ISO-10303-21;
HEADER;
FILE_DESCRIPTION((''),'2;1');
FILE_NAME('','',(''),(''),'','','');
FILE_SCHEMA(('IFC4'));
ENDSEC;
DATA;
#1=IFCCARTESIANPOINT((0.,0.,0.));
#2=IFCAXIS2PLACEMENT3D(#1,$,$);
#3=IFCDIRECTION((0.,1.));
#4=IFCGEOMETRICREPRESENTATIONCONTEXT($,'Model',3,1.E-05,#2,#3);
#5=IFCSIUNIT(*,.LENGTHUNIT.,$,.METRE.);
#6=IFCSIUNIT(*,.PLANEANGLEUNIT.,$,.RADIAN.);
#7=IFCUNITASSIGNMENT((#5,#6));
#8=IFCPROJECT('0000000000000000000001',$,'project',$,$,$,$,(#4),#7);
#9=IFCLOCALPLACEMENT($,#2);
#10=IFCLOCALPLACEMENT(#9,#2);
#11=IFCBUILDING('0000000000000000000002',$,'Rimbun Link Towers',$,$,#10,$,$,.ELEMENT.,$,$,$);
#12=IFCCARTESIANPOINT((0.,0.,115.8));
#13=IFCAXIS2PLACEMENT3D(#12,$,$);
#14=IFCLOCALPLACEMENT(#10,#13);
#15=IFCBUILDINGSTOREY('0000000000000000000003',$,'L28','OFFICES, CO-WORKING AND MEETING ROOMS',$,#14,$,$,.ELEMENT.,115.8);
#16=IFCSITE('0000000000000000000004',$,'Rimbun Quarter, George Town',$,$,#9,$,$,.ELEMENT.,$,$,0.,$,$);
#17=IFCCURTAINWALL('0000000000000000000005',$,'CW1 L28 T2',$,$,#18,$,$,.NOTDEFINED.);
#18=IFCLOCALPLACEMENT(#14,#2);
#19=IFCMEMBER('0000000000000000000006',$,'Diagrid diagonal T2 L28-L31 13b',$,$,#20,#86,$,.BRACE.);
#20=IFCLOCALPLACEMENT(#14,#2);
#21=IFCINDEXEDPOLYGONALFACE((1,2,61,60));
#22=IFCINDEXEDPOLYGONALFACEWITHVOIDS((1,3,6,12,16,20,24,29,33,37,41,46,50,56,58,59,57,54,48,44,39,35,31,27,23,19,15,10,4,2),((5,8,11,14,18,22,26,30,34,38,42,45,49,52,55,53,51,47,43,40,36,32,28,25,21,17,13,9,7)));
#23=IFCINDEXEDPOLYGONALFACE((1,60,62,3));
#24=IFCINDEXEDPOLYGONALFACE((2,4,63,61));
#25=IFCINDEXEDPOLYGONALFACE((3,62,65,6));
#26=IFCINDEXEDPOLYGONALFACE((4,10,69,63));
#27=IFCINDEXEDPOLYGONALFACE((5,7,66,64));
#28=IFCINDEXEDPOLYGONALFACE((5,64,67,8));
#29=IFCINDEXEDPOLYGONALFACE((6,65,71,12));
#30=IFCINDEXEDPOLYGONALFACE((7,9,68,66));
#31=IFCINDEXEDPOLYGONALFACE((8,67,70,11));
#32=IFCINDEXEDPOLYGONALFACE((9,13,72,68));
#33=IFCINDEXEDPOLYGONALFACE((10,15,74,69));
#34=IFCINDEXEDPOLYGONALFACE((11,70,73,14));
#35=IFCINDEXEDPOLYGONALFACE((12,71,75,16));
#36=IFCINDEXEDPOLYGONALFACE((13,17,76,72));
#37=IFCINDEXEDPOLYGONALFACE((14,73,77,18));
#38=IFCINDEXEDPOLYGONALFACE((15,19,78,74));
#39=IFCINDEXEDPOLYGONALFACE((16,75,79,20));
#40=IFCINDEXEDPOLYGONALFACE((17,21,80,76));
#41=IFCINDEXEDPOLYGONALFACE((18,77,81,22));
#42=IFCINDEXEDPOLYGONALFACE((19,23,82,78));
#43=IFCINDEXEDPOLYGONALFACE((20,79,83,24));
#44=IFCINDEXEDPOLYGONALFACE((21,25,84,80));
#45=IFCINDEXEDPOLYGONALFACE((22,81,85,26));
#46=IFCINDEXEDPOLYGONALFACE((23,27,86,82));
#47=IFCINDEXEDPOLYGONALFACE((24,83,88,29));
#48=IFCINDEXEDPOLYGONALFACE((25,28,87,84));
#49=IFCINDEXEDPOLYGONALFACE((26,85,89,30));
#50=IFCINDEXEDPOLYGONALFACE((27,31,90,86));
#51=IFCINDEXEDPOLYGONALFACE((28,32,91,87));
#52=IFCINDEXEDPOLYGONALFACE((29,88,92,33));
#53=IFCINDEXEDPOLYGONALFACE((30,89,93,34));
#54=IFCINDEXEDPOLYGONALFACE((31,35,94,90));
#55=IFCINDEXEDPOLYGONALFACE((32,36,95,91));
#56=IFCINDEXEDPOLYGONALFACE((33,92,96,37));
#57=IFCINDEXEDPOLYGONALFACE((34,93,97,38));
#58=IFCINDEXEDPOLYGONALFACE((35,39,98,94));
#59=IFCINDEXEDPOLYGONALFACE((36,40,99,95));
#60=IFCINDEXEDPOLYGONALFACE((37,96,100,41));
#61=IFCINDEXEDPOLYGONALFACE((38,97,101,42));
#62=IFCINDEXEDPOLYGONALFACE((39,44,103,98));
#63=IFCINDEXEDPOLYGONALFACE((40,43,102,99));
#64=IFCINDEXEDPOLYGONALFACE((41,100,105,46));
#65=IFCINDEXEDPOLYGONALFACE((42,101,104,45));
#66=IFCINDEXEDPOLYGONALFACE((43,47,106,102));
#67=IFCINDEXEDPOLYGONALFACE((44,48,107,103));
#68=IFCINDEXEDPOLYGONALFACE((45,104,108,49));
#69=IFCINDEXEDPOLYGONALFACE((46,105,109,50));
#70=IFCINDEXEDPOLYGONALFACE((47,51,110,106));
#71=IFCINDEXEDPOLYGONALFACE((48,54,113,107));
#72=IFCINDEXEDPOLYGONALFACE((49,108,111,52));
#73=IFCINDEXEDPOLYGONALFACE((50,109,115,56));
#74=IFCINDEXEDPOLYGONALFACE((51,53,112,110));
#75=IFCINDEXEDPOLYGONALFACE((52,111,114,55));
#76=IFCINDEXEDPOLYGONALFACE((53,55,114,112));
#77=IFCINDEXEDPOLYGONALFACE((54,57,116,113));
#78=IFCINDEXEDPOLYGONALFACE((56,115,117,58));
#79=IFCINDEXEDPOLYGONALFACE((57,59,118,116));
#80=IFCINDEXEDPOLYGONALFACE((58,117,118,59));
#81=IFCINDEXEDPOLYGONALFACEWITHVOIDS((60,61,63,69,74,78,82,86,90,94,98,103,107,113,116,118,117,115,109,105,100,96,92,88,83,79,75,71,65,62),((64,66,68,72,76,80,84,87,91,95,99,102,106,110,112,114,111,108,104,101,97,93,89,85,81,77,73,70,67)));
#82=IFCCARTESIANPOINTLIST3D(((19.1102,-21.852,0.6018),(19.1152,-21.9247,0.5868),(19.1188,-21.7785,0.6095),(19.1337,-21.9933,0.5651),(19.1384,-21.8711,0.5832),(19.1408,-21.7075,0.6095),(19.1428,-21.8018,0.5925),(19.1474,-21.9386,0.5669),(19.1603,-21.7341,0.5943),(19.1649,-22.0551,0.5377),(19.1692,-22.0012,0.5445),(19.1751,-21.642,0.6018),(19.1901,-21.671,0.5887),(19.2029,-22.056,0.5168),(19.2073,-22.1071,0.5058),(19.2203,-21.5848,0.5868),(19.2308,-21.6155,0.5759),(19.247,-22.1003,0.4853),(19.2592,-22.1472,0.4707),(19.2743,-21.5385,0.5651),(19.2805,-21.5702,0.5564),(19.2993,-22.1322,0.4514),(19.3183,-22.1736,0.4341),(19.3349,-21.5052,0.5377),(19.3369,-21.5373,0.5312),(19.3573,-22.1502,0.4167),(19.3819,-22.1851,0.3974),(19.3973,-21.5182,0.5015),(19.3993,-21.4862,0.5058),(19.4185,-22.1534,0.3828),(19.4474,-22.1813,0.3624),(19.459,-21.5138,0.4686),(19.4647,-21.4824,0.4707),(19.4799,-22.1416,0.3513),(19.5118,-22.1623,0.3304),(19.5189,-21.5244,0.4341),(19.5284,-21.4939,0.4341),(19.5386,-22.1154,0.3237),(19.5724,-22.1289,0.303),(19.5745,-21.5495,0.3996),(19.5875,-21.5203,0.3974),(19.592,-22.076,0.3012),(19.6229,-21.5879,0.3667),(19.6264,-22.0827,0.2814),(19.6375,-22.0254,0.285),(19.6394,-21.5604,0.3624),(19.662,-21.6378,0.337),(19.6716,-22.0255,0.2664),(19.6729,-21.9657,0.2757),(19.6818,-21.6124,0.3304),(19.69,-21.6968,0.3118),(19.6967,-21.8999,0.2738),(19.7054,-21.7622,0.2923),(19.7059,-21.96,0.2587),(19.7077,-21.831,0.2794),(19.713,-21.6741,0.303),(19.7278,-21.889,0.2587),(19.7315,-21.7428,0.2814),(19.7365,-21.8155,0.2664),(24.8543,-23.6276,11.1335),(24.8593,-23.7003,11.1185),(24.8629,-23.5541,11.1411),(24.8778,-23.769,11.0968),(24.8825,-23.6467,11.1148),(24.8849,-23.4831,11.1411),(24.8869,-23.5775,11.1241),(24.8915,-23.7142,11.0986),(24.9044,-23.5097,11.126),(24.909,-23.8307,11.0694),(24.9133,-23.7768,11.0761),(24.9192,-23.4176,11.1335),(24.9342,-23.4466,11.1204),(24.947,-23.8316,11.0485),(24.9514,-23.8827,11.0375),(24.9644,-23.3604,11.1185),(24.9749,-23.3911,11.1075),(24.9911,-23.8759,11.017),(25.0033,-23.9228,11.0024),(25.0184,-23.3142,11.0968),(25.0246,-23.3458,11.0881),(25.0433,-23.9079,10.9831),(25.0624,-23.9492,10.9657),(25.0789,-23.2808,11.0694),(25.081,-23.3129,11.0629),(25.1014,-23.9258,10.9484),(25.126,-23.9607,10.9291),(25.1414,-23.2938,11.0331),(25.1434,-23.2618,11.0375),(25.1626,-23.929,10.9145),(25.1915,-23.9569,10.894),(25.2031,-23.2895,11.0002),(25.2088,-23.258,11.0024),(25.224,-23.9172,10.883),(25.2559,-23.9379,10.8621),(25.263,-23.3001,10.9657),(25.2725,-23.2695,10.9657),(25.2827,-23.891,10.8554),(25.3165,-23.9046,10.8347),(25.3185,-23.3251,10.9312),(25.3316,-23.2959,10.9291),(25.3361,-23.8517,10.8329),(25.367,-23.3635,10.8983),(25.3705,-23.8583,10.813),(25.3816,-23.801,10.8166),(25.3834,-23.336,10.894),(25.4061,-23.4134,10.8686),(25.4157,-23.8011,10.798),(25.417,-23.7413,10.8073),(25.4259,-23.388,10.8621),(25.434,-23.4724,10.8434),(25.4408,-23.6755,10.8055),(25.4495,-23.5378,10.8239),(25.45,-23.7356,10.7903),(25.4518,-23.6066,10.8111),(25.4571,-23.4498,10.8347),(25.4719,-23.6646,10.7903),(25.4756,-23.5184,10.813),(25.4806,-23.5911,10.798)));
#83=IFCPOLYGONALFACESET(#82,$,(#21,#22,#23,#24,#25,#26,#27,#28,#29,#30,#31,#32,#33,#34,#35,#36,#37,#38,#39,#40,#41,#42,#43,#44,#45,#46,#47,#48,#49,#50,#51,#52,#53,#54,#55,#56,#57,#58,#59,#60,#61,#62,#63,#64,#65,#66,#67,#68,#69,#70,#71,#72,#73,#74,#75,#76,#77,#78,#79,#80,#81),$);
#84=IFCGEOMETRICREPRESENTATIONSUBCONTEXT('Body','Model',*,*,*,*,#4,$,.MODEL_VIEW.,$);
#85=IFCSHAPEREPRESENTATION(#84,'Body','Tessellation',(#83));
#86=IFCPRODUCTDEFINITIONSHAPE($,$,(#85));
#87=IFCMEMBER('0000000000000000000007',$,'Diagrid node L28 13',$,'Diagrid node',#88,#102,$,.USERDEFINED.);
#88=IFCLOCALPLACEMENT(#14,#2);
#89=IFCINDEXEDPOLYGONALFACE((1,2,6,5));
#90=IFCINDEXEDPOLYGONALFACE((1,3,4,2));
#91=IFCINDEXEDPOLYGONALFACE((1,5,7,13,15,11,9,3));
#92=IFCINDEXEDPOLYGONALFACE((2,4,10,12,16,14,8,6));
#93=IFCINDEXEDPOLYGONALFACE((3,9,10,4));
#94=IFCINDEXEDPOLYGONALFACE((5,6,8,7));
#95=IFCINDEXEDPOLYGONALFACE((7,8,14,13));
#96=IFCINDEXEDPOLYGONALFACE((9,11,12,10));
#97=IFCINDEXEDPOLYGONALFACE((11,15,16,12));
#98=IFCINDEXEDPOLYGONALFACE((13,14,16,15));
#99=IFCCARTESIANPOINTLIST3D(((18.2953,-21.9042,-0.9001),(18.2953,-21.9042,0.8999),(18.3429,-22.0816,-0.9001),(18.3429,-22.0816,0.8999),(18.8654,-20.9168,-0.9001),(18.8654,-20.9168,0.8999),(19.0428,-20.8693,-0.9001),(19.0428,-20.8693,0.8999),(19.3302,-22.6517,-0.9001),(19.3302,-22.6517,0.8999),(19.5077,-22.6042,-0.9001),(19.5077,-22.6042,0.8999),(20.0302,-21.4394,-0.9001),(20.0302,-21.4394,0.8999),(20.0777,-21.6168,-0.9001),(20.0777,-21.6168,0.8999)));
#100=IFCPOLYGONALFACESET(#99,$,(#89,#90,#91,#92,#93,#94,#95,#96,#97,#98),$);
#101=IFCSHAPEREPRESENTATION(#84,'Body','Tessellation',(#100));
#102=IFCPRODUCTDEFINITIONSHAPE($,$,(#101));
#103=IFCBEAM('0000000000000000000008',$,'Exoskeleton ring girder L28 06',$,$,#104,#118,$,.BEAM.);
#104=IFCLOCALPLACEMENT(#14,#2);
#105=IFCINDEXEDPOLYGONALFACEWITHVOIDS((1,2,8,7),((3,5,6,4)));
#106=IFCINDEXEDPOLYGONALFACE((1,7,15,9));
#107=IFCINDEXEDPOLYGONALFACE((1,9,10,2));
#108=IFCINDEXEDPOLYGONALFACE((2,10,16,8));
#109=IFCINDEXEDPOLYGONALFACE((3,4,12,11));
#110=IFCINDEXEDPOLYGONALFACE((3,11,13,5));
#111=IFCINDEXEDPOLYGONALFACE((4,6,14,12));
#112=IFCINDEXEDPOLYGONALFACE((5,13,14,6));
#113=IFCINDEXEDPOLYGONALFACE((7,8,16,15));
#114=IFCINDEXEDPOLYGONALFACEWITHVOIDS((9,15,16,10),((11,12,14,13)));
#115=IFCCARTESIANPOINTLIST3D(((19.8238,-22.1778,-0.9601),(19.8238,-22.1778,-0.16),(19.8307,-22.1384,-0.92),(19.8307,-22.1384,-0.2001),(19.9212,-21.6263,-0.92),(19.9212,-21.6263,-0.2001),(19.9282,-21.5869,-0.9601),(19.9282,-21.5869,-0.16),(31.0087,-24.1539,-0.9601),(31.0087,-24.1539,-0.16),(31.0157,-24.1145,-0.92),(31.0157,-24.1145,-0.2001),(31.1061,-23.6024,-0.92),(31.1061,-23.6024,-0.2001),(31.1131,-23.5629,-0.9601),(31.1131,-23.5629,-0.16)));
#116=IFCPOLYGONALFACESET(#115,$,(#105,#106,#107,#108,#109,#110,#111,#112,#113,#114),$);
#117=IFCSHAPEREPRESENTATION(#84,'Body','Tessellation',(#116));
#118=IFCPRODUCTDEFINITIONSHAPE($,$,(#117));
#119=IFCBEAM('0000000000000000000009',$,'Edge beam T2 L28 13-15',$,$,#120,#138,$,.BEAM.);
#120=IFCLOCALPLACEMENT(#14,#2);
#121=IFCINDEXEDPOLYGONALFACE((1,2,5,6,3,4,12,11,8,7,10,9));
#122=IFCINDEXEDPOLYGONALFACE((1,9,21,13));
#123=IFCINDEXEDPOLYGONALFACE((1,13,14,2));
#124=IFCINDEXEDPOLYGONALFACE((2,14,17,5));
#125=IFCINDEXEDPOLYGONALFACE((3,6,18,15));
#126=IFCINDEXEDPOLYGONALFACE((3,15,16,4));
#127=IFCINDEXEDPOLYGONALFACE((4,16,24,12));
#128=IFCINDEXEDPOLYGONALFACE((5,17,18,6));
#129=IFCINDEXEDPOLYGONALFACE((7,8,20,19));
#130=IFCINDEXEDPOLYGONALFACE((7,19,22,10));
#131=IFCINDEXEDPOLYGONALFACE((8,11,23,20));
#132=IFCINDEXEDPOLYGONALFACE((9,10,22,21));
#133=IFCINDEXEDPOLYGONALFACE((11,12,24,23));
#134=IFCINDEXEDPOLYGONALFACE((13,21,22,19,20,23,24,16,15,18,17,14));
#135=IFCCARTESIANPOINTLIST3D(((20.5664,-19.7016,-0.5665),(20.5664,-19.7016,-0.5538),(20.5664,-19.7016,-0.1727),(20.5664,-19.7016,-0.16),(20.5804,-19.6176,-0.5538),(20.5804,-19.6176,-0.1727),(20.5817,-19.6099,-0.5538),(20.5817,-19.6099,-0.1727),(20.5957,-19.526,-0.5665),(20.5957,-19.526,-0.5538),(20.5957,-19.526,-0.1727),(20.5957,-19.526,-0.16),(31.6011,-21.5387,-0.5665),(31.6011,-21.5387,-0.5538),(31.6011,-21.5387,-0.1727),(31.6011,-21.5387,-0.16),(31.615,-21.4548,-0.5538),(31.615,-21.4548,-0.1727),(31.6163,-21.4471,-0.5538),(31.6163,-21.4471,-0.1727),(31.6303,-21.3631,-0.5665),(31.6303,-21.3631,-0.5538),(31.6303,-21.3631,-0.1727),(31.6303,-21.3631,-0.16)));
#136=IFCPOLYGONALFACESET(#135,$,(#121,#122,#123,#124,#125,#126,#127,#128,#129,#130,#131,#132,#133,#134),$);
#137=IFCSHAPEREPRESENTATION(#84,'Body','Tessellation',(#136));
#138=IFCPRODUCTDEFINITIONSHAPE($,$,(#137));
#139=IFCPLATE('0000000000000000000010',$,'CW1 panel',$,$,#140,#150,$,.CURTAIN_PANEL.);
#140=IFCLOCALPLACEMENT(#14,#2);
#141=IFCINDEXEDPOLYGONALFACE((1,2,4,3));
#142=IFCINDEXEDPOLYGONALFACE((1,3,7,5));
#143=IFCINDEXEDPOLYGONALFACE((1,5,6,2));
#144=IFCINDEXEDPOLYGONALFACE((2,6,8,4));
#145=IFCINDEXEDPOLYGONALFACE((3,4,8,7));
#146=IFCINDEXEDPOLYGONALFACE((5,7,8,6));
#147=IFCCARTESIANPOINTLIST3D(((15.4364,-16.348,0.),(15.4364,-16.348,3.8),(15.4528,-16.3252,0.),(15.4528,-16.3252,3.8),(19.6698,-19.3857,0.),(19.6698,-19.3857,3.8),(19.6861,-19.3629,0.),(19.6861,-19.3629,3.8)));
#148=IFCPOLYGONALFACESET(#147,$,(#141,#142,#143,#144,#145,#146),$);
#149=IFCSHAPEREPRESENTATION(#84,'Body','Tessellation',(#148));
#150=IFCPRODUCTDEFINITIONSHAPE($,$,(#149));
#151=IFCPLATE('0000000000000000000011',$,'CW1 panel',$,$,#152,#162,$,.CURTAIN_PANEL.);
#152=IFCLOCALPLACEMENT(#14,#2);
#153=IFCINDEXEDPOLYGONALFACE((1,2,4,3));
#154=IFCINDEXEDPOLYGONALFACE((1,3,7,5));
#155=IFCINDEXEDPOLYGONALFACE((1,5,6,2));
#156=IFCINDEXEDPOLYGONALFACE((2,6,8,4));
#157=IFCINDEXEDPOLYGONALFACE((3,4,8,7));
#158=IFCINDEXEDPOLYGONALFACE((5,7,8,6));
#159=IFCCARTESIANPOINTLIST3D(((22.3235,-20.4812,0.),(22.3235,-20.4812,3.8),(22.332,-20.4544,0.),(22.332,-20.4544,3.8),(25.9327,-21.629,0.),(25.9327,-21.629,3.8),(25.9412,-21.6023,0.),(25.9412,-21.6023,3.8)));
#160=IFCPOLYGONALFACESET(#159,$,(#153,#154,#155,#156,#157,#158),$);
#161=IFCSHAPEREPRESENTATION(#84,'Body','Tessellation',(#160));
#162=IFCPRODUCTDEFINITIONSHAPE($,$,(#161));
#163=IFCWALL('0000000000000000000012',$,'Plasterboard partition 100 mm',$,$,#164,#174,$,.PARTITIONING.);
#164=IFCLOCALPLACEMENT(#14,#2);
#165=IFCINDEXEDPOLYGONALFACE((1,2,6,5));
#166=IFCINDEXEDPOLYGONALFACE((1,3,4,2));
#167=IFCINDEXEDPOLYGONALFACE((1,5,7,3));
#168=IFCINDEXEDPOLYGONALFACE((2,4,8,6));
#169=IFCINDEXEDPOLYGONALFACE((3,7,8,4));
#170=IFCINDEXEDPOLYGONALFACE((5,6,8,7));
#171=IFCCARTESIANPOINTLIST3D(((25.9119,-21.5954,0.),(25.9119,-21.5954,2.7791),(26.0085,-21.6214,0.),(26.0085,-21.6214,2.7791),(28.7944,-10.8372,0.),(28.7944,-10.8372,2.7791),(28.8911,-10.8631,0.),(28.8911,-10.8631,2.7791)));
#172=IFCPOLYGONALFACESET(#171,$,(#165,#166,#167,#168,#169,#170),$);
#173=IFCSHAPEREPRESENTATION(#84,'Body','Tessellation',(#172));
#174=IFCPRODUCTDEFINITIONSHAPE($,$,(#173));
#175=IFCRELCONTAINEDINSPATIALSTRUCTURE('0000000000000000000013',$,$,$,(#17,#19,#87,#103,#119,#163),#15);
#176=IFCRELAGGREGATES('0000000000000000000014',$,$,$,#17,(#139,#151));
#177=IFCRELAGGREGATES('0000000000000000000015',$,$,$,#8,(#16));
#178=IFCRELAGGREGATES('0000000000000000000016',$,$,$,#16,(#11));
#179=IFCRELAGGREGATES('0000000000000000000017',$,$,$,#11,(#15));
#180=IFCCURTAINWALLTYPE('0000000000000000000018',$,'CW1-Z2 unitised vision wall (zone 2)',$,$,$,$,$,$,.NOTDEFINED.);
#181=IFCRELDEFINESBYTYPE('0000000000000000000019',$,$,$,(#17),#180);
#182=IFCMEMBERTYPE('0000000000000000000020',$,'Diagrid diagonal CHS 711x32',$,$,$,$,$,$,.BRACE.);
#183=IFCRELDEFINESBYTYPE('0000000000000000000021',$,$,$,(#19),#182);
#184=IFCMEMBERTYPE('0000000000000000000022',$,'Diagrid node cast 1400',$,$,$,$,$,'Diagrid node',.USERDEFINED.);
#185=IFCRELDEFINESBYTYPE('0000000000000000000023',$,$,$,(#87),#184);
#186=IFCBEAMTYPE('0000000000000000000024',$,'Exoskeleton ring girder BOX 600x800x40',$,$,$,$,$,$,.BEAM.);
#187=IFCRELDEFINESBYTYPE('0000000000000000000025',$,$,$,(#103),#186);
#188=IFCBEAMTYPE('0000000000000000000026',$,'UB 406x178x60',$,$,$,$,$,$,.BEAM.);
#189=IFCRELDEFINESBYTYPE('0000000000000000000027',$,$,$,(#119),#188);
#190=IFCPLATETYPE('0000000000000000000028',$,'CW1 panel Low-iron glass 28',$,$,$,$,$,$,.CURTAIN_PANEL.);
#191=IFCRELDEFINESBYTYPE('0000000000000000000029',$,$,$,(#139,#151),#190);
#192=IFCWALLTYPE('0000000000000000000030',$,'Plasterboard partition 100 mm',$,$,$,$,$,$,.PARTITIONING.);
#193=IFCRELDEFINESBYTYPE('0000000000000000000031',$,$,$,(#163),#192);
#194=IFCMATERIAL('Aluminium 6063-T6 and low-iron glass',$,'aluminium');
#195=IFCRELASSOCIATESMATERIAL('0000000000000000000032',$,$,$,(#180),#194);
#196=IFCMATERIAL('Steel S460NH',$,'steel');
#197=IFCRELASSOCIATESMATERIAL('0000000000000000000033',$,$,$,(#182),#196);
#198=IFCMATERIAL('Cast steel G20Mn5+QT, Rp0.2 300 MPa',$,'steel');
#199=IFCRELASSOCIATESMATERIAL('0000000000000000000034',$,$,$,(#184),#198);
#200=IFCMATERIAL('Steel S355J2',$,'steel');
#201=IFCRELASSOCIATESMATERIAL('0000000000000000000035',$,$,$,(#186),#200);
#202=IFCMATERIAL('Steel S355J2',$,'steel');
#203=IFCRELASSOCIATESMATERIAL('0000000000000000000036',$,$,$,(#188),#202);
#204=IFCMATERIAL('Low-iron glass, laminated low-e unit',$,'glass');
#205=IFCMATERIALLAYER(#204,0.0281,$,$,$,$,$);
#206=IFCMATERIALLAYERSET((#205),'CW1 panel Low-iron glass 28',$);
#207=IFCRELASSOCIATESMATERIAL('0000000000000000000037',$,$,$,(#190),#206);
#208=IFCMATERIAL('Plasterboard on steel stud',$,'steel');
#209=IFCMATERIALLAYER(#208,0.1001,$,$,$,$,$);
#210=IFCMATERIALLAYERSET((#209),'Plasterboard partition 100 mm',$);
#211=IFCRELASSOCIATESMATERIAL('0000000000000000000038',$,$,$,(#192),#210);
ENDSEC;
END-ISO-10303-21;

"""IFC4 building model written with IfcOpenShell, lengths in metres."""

from ifc_helpers import new_model, si_unit, direction, frame, frame_2d, origin, origin_2d, place, context, subcontext, project, spatial, polyline, rectangle, hollow_rectangle, hollow_circle, i_section, outline, extrude, material, layer, layer_set, material_profile, profile_set, type_object, element, aggregate, save


model = new_model("IFC4")

# Units and contexts
model_context = context("Model", 3, precision=1e-05, world=origin(), true_north=direction((0.0, 1.0)))
body_context = subcontext(model_context, "Body", "Model", "MODEL_VIEW")
ifc_project = project(units=[si_unit("LENGTHUNIT", "METRE"), si_unit("PLANEANGLEUNIT", "RADIAN")], contexts=[model_context])

# Site, building, storey
site_placement = place(None, origin())
site = spatial("IfcSite", under=ifc_project, at=site_placement, Name="Rimbun Quarter, George Town", CompositionType="ELEMENT", RefElevation=0.0)
building_placement = place(site_placement, origin())
building = spatial("IfcBuilding", under=site, at=building_placement, Name="Rimbun Link Towers", CompositionType="ELEMENT")
storey_placement = place(building_placement, frame((0.0, 0.0, 115.8)))
storey = spatial("IfcBuildingStorey", under=building, at=storey_placement, Name="L28", Description="OFFICES, CO-WORKING AND MEETING ROOMS", CompositionType="ELEMENT", Elevation=115.8)

# Curtain wall
ifc_material_1 = material(Name="Aluminium 6063-T6 and low-iron glass", Category="aluminium")
curtain_wall_type = type_object("IfcCurtainWallType", Name="CW1-Z2 unitised vision wall (zone 2)", PredefinedType="NOTDEFINED", material=ifc_material_1)
curtain_wall_placement = place(storey_placement, origin())
curtain_wall = element("IfcCurtainWall", 1, at=curtain_wall_placement, inside=storey, type_object=curtain_wall_type, Name="CW1 L28 T2", PredefinedType="NOTDEFINED")

# Members
ifc_material_2 = material(Name="Steel S460NH", Category="steel")
ifc_material_profile_1 = material_profile(ifc_material_2, hollow_circle(Radius=0.3557, WallThickness=0.032, at=origin_2d()), Name="Diagrid diagonal CHS 711x32")
ifc_profile_set_1 = profile_set([ifc_material_profile_1], Name="Steel S460NH")
member_type_1 = type_object("IfcMemberType", Name="Diagrid diagonal CHS 711x32", PredefinedType="BRACE", material=ifc_profile_set_1)
member_1_placement = place(storey_placement, frame((19.4233, -21.8337, 0.4341), z_axis=(0.473663, -0.146419, 0.86845), x_axis=(0.295333, 0.955395, 0.0)))
element("IfcMember", 2, at=member_1_placement, inside=storey, type_object=member_type_1, Name="Diagrid diagonal T2 L28-L31 13b", PredefinedType="BRACE", context=body_context, shape_type="SweptSolid", body=[
    extrude(hollow_circle(Radius=0.3557, WallThickness=0.032, at=origin_2d()), origin(), (0.0, 0.0, 1.0), 12.127),
])
ifc_material_3 = material(Name="Cast steel G20Mn5+QT, Rp0.2 300 MPa", Category="steel")
ifc_material_profile_2 = material_profile(ifc_material_3, outline(polyline([(0.7, -0.5701), (0.7, 0.5701), (0.5701, 0.7), (-0.5701, 0.7), (-0.7, 0.5701), (-0.7, -0.5701), (-0.5701, -0.7), (0.5701, -0.7), (0.7, -0.5701)])), Name="NODE 1400x1400")
ifc_profile_set_2 = profile_set([ifc_material_profile_2], Name="Cast steel G20Mn5+QT, Rp0.2 300 MPa")
member_type_2 = type_object("IfcMemberType", Name="Diagrid node cast 1400", ElementType="Diagrid node", PredefinedType="USERDEFINED", material=ifc_profile_set_2)
member_2_placement = place(storey_placement, frame((19.1865, -21.7605, -0.9001), z_axis=(0.0, 0.0, 1.0), x_axis=(-0.5, -0.866025, 0.0)))
element("IfcMember", 3, at=member_2_placement, inside=storey, type_object=member_type_2, Name="Diagrid node L28 13", ObjectType="Diagrid node", PredefinedType="USERDEFINED", context=body_context, shape_type="SweptSolid", body=[
    extrude(outline(polyline([(0.7, -0.5701), (0.7, 0.5701), (0.5701, 0.7), (-0.5701, 0.7), (-0.7, 0.5701), (-0.7, -0.5701), (-0.5701, -0.7), (0.5701, -0.7), (0.7, -0.5701)])), origin(), (0.0, 0.0, 1.0), 1.8),
])

# Beams
ifc_material_4 = material(Name="Steel S355J2", Category="steel")
ifc_material_profile_3 = material_profile(ifc_material_4, hollow_rectangle(XDim=0.6001, YDim=0.8, WallThickness=0.04, at=origin_2d()), Name="Exoskeleton ring girder BOX 600x800x40")
ifc_profile_set_3 = profile_set([ifc_material_profile_3], Name="Steel S355J2")
beam_type_1 = type_object("IfcBeamType", Name="Exoskeleton ring girder BOX 600x800x40", PredefinedType="BEAM", material=ifc_profile_set_3)
beam_1_placement = place(storey_placement, frame((19.876, -21.8823, -0.5601), z_axis=(0.984749, -0.17398, 0.0), x_axis=(0.17398, 0.984749, 0.0)))
element("IfcBeam", 4, at=beam_1_placement, inside=storey, type_object=beam_type_1, Name="Exoskeleton ring girder L28 06", PredefinedType="BEAM", context=body_context, shape_type="SweptSolid", body=[
    extrude(hollow_rectangle(XDim=0.6001, YDim=0.8, WallThickness=0.04, at=origin_2d()), origin(), (0.0, 0.0, 1.0), 11.3582),
])
ifc_material_5 = material(Name="Steel S355J2", Category="steel")
ifc_material_profile_4 = material_profile(ifc_material_5, i_section(OverallWidth=0.178, OverallDepth=0.4065, WebThickness=0.0078, FlangeThickness=0.0127, at=origin_2d()), Name="UB 406x178x60")
ifc_profile_set_4 = profile_set([ifc_material_profile_4], Name="Steel S355J2")
beam_type_2 = type_object("IfcBeamType", Name="UB 406x178x60", PredefinedType="BEAM", material=ifc_profile_set_4)
beam_2_placement = place(storey_placement, frame((20.5811, -19.6138, -0.3633), z_axis=(0.986422, -0.164229, 0.0), x_axis=(0.164229, 0.986422, 0.0)))
element("IfcBeam", 5, at=beam_2_placement, inside=storey, type_object=beam_type_2, Name="Edge beam T2 L28 13-15", PredefinedType="BEAM", context=body_context, shape_type="SweptSolid", body=[
    extrude(i_section(OverallWidth=0.178, OverallDepth=0.4065, WebThickness=0.0078, FlangeThickness=0.0127, at=origin_2d()), origin(), (0.0, 0.0, 1.0), 11.1865),
])

# Plates
ifc_material_6 = material(Name="Low-iron glass, laminated low-e unit", Category="glass")
ifc_layer_1 = layer(ifc_material_6, 0.0281)
ifc_layer_set_1 = layer_set([ifc_layer_1], Name="CW1 panel Low-iron glass 28")
plate_type = type_object("IfcPlateType", Name="CW1 panel Low-iron glass 28", PredefinedType="CURTAIN_PANEL", material=ifc_layer_set_1)
plate_1_placement = place(storey_placement, frame((17.5613, -17.8555, 0.0), z_axis=(0.0, 0.0, 1.0), x_axis=(-0.812469, 0.583004, 0.0)))
plate_1 = element("IfcPlate", 6, at=plate_1_placement, type_object=plate_type, Name="CW1 panel", PredefinedType="CURTAIN_PANEL", context=body_context, shape_type="SweptSolid", body=[
    extrude(rectangle(XDim=5.2104, YDim=0.0281, at=origin_2d()), origin(), (0.0, 0.0, 1.0), 3.8),
])
plate_2_placement = place(storey_placement, frame((24.1323, -21.0417, 0.0), z_axis=(0.0, 0.0, 1.0), x_axis=(-0.952967, 0.303073, 0.0)))
plate_2 = element("IfcPlate", 7, at=plate_2_placement, type_object=plate_type, Name="CW1 panel", PredefinedType="CURTAIN_PANEL", context=body_context, shape_type="SweptSolid", body=[
    extrude(rectangle(XDim=3.7874, YDim=0.0281, at=origin_2d()), origin(), (0.0, 0.0, 1.0), 3.8),
])
aggregate(curtain_wall, [plate_1, plate_2])

# Wall
ifc_material_7 = material(Name="Plasterboard on steel stud", Category="steel")
ifc_layer_2 = layer(ifc_material_7, 0.1001)
ifc_layer_set_2 = layer_set([ifc_layer_2], Name="Plasterboard partition 100 mm")
wall_type = type_object("IfcWallType", Name="Plasterboard partition 100 mm", PredefinedType="PARTITIONING", material=ifc_layer_set_2)
wall_placement = place(storey_placement, frame((25.9602, -21.6084, 0.0), z_axis=(0.0, 0.0, 1.0), x_axis=(0.25881, 0.965928, 0.0)))
element("IfcWall", 8, at=wall_placement, inside=storey, type_object=wall_type, Name="Plasterboard partition 100 mm", PredefinedType="PARTITIONING", context=body_context, shape_type="SweptSolid", body=[
    extrude(rectangle(XDim=11.1377, YDim=0.1001, at=frame_2d((5.5688, 0.0))), origin(), (0.0, 0.0, 1.0), 2.7791),
])

save(model, "model.ifc")
